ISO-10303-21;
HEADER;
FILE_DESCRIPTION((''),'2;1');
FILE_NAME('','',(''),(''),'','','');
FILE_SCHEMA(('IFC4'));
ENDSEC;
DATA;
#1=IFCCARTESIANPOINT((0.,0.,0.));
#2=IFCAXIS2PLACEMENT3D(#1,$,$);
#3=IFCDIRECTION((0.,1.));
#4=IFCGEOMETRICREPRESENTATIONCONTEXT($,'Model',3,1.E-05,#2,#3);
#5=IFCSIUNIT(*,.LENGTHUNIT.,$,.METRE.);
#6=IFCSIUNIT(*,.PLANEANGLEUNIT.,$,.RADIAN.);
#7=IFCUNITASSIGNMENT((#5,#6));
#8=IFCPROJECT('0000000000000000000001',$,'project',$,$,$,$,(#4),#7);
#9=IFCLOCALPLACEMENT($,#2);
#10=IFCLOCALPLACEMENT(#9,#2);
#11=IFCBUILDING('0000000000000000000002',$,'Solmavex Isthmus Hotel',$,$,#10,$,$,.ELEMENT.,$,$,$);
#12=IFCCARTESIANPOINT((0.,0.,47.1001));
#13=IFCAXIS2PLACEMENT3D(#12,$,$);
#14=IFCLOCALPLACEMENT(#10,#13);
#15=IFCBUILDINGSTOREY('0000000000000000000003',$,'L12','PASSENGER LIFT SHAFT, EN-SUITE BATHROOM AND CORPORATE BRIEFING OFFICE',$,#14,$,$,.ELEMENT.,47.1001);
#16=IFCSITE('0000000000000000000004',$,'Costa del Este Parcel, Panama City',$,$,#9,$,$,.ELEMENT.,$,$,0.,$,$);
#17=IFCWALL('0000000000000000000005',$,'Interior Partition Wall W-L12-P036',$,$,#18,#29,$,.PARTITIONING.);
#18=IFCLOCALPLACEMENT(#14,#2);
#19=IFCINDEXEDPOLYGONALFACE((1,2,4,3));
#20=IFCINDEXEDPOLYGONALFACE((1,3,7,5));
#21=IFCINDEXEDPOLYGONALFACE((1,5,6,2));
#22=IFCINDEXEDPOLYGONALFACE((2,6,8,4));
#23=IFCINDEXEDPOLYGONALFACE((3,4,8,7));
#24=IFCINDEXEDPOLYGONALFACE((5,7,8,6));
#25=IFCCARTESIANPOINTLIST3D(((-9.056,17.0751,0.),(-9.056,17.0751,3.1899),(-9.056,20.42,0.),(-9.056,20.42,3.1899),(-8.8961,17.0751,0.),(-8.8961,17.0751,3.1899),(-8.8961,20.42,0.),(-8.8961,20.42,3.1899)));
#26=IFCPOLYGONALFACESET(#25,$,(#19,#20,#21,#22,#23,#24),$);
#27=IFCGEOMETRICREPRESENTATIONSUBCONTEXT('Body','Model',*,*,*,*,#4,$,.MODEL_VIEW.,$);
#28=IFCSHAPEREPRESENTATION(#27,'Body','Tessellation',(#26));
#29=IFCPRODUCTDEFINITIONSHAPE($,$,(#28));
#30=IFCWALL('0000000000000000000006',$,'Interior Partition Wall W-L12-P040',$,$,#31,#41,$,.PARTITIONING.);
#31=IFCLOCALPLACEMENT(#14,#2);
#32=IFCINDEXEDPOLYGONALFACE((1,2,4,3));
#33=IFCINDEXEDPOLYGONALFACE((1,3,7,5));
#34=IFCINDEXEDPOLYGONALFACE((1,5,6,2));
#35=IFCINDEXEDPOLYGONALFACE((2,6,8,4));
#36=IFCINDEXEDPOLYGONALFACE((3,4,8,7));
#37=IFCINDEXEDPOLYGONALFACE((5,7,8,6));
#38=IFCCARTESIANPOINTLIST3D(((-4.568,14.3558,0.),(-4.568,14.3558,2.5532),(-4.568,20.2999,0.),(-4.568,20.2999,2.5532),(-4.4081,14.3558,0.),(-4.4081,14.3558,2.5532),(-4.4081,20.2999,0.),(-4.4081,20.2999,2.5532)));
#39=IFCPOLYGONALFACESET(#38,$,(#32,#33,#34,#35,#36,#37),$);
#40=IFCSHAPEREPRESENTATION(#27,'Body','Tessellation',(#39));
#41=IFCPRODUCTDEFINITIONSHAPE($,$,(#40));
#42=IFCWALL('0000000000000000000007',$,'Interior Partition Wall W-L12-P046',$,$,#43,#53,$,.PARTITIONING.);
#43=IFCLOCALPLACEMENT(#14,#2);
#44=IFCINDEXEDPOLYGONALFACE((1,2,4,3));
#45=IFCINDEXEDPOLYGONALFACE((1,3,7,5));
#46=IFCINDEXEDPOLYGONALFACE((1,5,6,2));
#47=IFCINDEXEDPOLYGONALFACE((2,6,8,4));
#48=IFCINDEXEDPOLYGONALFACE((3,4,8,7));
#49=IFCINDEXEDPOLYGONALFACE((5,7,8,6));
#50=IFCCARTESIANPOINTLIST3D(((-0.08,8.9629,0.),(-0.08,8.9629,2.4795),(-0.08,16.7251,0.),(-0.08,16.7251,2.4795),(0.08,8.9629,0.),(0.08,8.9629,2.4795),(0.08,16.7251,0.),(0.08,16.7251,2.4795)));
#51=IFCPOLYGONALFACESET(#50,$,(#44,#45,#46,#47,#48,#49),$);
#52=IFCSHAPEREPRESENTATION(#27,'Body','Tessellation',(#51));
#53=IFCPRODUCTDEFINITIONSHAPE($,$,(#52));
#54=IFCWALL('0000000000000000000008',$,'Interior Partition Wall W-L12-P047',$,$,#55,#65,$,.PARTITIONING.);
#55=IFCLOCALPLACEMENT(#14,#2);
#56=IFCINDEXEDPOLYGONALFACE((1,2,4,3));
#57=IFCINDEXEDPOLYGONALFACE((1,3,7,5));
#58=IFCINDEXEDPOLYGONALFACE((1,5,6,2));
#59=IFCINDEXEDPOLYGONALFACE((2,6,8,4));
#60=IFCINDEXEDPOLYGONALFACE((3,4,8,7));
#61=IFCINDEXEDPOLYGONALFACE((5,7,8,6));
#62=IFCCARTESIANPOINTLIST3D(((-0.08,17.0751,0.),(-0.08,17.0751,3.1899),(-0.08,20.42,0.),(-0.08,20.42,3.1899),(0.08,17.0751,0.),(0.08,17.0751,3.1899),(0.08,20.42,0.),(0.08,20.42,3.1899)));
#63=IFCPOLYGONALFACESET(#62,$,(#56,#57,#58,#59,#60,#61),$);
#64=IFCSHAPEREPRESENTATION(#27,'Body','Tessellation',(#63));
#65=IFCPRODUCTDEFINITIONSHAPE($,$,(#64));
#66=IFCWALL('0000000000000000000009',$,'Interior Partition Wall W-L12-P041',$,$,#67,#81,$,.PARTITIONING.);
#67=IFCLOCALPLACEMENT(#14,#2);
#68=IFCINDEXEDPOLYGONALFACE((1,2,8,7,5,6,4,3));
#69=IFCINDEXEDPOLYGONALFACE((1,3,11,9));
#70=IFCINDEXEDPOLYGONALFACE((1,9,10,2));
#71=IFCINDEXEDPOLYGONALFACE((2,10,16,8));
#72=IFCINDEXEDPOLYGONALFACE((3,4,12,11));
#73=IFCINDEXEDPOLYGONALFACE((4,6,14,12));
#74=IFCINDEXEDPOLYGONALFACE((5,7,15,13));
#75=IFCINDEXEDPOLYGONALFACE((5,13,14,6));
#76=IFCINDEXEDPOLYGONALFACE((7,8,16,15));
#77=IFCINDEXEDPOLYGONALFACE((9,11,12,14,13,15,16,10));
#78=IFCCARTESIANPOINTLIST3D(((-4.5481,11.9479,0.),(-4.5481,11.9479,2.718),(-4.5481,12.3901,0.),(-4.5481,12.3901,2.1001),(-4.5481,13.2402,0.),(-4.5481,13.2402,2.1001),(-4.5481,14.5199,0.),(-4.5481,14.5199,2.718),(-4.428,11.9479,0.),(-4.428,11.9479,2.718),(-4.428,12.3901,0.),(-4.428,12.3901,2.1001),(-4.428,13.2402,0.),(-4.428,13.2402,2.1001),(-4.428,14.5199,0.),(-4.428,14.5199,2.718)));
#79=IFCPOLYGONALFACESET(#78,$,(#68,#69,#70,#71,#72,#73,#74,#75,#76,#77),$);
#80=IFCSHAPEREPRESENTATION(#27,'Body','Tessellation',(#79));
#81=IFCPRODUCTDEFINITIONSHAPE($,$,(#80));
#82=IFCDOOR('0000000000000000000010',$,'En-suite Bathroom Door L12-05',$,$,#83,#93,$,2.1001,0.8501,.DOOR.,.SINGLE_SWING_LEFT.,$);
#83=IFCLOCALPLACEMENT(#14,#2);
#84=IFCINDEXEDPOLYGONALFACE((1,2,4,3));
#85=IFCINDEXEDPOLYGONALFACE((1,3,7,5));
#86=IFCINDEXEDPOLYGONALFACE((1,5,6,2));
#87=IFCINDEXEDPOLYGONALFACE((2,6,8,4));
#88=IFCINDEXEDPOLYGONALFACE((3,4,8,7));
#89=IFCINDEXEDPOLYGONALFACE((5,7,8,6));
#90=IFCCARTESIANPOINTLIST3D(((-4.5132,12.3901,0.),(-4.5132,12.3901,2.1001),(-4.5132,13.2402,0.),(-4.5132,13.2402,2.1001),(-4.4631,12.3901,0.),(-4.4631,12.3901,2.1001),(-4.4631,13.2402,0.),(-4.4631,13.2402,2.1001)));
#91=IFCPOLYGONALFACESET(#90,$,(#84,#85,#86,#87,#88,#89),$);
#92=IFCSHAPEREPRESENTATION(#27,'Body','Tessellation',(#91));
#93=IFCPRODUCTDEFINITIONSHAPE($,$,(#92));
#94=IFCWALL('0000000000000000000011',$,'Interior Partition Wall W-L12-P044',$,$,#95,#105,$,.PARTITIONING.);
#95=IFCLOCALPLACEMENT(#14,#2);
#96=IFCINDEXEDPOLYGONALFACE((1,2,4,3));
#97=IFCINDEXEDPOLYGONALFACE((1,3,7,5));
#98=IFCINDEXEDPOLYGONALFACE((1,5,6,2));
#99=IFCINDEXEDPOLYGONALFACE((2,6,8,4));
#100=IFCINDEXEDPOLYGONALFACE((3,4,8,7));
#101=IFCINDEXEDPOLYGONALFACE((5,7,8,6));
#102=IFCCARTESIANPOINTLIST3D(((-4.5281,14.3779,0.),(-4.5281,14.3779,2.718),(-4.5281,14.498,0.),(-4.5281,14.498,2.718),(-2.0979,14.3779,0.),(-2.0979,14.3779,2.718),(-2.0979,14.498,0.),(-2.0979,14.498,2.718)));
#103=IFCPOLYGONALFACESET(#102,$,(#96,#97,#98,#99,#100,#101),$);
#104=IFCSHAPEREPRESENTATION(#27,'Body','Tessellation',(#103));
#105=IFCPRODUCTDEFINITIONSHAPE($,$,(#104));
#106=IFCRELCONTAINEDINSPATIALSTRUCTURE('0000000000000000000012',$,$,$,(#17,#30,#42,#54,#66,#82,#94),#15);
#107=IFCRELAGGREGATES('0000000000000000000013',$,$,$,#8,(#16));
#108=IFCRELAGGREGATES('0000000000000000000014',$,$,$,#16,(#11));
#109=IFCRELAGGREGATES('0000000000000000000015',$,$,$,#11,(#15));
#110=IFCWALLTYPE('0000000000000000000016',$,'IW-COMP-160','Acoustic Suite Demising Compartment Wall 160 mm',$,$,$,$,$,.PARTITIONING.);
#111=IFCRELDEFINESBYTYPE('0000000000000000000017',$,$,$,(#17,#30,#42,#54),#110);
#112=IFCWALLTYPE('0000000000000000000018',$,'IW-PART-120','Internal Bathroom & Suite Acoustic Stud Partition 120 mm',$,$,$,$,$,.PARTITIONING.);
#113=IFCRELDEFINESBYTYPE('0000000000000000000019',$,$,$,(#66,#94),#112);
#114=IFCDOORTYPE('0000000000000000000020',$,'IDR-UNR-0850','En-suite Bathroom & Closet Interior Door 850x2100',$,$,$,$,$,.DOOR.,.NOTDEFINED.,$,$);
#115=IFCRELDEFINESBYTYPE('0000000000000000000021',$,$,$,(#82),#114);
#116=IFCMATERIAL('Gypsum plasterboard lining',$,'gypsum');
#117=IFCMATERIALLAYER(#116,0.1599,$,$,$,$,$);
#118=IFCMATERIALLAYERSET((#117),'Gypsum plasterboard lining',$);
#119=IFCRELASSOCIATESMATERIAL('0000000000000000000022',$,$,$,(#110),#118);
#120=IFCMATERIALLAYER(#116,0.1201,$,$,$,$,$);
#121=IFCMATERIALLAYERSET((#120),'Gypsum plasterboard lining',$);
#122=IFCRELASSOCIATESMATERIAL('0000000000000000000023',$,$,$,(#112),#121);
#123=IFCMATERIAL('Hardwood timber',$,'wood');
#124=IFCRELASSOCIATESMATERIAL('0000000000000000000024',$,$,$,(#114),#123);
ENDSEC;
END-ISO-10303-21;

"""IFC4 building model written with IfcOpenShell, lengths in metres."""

from ifc_helpers import new_model, si_unit, direction, frame, frame_2d, origin, place, context, subcontext, project, spatial, rectangle, extrude, material, layer, layer_set, type_object, element, fill, save


model = new_model("IFC4")

# Units and contexts
model_context = context("Model", 3, precision=1e-05, world=origin(), true_north=direction((0.0, 1.0)))
body_context = subcontext(model_context, "Body", "Model", "MODEL_VIEW")
ifc_project = project(units=[si_unit("LENGTHUNIT", "METRE"), si_unit("PLANEANGLEUNIT", "RADIAN")], contexts=[model_context])

# Site, building, storey
site_placement = place(None, origin())
site = spatial("IfcSite", under=ifc_project, at=site_placement, Name="Costa del Este Parcel, Panama City", CompositionType="ELEMENT", RefElevation=0.0)
building_placement = place(site_placement, origin())
building = spatial("IfcBuilding", under=site, at=building_placement, Name="Solmavex Isthmus Hotel", CompositionType="ELEMENT")
storey_placement = place(building_placement, frame((0.0, 0.0, 47.1001)))
storey = spatial("IfcBuildingStorey", under=building, at=storey_placement, Name="L12", Description="PASSENGER LIFT SHAFT, EN-SUITE BATHROOM AND CORPORATE BRIEFING OFFICE", CompositionType="ELEMENT", Elevation=47.1001)

# Walls
ifc_material_1 = material(Name="Gypsum plasterboard lining", Category="gypsum")
ifc_layer_1 = layer(ifc_material_1, 0.1599)
ifc_layer_set_1 = layer_set([ifc_layer_1], Name="Gypsum plasterboard lining")
wall_type_1 = type_object("IfcWallType", Name="IW-COMP-160", Description="Acoustic Suite Demising Compartment Wall 160 mm", PredefinedType="PARTITIONING", material=ifc_layer_set_1)
wall_1_placement = place(storey_placement, frame((-8.9761, 20.4199, 0.0), z_axis=(0.0, 0.0, 1.0), x_axis=(0.0, -1.0, 0.0)))
element("IfcWall", 1, at=wall_1_placement, inside=storey, type_object=wall_type_1, Name="Interior Partition Wall W-L12-P036", PredefinedType="PARTITIONING", context=body_context, shape_type="SweptSolid", body=[
    extrude(rectangle(XDim=3.345, YDim=0.1599, at=frame_2d((1.6724, 0.0))), origin(), (0.0, 0.0, 1.0), 3.1899),
])
wall_2_placement = place(storey_placement, frame((-4.488, 20.3, 0.0), z_axis=(0.0, 0.0, 1.0), x_axis=(0.0, -1.0, 0.0)))
element("IfcWall", 2, at=wall_2_placement, inside=storey, type_object=wall_type_1, Name="Interior Partition Wall W-L12-P040", PredefinedType="PARTITIONING", context=body_context, shape_type="SweptSolid", body=[
    extrude(rectangle(XDim=5.9441, YDim=0.1599, at=frame_2d((2.9722, 0.0))), origin(), (0.0, 0.0, 1.0), 2.5532),
])
wall_3_placement = place(storey_placement, frame((0.0, 16.7251, 0.0), z_axis=(0.0, 0.0, 1.0), x_axis=(0.0, -1.0, 0.0)))
element("IfcWall", 3, at=wall_3_placement, inside=storey, type_object=wall_type_1, Name="Interior Partition Wall W-L12-P046", PredefinedType="PARTITIONING", context=body_context, shape_type="SweptSolid", body=[
    extrude(rectangle(XDim=7.7622, YDim=0.1599, at=frame_2d((3.8811, 0.0))), origin(), (0.0, 0.0, 1.0), 2.4795),
])
wall_4_placement = place(storey_placement, frame((0.0, 20.4199, 0.0), z_axis=(0.0, 0.0, 1.0), x_axis=(0.0, -1.0, 0.0)))
element("IfcWall", 4, at=wall_4_placement, inside=storey, type_object=wall_type_1, Name="Interior Partition Wall W-L12-P047", PredefinedType="PARTITIONING", context=body_context, shape_type="SweptSolid", body=[
    extrude(rectangle(XDim=3.345, YDim=0.1599, at=frame_2d((1.6724, 0.0))), origin(), (0.0, 0.0, 1.0), 3.1899),
])

# Wall, opening, door
ifc_layer_2 = layer(ifc_material_1, 0.1201)
ifc_layer_set_2 = layer_set([ifc_layer_2], Name="Gypsum plasterboard lining")
wall_type_2 = type_object("IfcWallType", Name="IW-PART-120", Description="Internal Bathroom & Suite Acoustic Stud Partition 120 mm", PredefinedType="PARTITIONING", material=ifc_layer_set_2)
wall_5_placement = place(storey_placement, frame((-4.488, 14.52, 0.0), z_axis=(0.0, 0.0, 1.0), x_axis=(0.0, -1.0, 0.0)))
wall_5 = element("IfcWall", 5, at=wall_5_placement, inside=storey, type_object=wall_type_2, Name="Interior Partition Wall W-L12-P041", PredefinedType="PARTITIONING", context=body_context, shape_type="SweptSolid", body=[
    extrude(rectangle(XDim=2.572, YDim=0.1201, at=frame_2d((1.2861, 0.0))), origin(), (0.0, 0.0, 1.0), 2.718),
])
opening_placement = place(wall_5_placement, frame((1.2798, 0.0, 0.0)))
opening = element("IfcOpeningElement", 6, at=opening_placement, cuts=wall_5, PredefinedType="OPENING", context=body_context, shape_type="SweptSolid", body=[
    extrude(rectangle(XDim=0.8501, YDim=2.1001, at=frame_2d((0.425, 1.05))), frame((0.0, 0.0701, 0.0), z_axis=(0.0, -1.0, 0.0), x_axis=(1.0, 0.0, 0.0)), (0.0, 0.0, 1.0), 0.1401),
])
ifc_material_2 = material(Name="Hardwood timber", Category="wood")
door_type = type_object("IfcDoorType", Name="IDR-UNR-0850", Description="En-suite Bathroom & Closet Interior Door 850x2100", OperationType="NOTDEFINED", PredefinedType="DOOR", material=ifc_material_2)
door_placement = place(opening_placement, origin())
door = element("IfcDoor", 7, at=door_placement, inside=storey, type_object=door_type, Name="En-suite Bathroom Door L12-05", OperationType="SINGLE_SWING_LEFT", OverallHeight=2.1001, OverallWidth=0.8501, PredefinedType="DOOR", context=body_context, shape_type="SweptSolid", body=[
    extrude(rectangle(XDim=0.8501, YDim=2.1001, at=frame_2d((0.425, 1.05))), frame((0.0, 0.0249, 0.0), z_axis=(0.0, -1.0, 0.0), x_axis=(1.0, 0.0, 0.0)), (0.0, 0.0, 1.0), 0.05),
])
fill(opening, door)

# Wall
wall_6_placement = place(storey_placement, frame((-2.0979, 14.438, 0.0), z_axis=(0.0, 0.0, 1.0), x_axis=(-1.0, 0.0, 0.0)))
element("IfcWall", 8, at=wall_6_placement, inside=storey, type_object=wall_type_2, Name="Interior Partition Wall W-L12-P044", PredefinedType="PARTITIONING", context=body_context, shape_type="SweptSolid", body=[
    extrude(rectangle(XDim=2.4302, YDim=0.1201, at=frame_2d((1.2151, 0.0))), origin(), (0.0, 0.0, 1.0), 2.718),
])

save(model, "model.ifc")
